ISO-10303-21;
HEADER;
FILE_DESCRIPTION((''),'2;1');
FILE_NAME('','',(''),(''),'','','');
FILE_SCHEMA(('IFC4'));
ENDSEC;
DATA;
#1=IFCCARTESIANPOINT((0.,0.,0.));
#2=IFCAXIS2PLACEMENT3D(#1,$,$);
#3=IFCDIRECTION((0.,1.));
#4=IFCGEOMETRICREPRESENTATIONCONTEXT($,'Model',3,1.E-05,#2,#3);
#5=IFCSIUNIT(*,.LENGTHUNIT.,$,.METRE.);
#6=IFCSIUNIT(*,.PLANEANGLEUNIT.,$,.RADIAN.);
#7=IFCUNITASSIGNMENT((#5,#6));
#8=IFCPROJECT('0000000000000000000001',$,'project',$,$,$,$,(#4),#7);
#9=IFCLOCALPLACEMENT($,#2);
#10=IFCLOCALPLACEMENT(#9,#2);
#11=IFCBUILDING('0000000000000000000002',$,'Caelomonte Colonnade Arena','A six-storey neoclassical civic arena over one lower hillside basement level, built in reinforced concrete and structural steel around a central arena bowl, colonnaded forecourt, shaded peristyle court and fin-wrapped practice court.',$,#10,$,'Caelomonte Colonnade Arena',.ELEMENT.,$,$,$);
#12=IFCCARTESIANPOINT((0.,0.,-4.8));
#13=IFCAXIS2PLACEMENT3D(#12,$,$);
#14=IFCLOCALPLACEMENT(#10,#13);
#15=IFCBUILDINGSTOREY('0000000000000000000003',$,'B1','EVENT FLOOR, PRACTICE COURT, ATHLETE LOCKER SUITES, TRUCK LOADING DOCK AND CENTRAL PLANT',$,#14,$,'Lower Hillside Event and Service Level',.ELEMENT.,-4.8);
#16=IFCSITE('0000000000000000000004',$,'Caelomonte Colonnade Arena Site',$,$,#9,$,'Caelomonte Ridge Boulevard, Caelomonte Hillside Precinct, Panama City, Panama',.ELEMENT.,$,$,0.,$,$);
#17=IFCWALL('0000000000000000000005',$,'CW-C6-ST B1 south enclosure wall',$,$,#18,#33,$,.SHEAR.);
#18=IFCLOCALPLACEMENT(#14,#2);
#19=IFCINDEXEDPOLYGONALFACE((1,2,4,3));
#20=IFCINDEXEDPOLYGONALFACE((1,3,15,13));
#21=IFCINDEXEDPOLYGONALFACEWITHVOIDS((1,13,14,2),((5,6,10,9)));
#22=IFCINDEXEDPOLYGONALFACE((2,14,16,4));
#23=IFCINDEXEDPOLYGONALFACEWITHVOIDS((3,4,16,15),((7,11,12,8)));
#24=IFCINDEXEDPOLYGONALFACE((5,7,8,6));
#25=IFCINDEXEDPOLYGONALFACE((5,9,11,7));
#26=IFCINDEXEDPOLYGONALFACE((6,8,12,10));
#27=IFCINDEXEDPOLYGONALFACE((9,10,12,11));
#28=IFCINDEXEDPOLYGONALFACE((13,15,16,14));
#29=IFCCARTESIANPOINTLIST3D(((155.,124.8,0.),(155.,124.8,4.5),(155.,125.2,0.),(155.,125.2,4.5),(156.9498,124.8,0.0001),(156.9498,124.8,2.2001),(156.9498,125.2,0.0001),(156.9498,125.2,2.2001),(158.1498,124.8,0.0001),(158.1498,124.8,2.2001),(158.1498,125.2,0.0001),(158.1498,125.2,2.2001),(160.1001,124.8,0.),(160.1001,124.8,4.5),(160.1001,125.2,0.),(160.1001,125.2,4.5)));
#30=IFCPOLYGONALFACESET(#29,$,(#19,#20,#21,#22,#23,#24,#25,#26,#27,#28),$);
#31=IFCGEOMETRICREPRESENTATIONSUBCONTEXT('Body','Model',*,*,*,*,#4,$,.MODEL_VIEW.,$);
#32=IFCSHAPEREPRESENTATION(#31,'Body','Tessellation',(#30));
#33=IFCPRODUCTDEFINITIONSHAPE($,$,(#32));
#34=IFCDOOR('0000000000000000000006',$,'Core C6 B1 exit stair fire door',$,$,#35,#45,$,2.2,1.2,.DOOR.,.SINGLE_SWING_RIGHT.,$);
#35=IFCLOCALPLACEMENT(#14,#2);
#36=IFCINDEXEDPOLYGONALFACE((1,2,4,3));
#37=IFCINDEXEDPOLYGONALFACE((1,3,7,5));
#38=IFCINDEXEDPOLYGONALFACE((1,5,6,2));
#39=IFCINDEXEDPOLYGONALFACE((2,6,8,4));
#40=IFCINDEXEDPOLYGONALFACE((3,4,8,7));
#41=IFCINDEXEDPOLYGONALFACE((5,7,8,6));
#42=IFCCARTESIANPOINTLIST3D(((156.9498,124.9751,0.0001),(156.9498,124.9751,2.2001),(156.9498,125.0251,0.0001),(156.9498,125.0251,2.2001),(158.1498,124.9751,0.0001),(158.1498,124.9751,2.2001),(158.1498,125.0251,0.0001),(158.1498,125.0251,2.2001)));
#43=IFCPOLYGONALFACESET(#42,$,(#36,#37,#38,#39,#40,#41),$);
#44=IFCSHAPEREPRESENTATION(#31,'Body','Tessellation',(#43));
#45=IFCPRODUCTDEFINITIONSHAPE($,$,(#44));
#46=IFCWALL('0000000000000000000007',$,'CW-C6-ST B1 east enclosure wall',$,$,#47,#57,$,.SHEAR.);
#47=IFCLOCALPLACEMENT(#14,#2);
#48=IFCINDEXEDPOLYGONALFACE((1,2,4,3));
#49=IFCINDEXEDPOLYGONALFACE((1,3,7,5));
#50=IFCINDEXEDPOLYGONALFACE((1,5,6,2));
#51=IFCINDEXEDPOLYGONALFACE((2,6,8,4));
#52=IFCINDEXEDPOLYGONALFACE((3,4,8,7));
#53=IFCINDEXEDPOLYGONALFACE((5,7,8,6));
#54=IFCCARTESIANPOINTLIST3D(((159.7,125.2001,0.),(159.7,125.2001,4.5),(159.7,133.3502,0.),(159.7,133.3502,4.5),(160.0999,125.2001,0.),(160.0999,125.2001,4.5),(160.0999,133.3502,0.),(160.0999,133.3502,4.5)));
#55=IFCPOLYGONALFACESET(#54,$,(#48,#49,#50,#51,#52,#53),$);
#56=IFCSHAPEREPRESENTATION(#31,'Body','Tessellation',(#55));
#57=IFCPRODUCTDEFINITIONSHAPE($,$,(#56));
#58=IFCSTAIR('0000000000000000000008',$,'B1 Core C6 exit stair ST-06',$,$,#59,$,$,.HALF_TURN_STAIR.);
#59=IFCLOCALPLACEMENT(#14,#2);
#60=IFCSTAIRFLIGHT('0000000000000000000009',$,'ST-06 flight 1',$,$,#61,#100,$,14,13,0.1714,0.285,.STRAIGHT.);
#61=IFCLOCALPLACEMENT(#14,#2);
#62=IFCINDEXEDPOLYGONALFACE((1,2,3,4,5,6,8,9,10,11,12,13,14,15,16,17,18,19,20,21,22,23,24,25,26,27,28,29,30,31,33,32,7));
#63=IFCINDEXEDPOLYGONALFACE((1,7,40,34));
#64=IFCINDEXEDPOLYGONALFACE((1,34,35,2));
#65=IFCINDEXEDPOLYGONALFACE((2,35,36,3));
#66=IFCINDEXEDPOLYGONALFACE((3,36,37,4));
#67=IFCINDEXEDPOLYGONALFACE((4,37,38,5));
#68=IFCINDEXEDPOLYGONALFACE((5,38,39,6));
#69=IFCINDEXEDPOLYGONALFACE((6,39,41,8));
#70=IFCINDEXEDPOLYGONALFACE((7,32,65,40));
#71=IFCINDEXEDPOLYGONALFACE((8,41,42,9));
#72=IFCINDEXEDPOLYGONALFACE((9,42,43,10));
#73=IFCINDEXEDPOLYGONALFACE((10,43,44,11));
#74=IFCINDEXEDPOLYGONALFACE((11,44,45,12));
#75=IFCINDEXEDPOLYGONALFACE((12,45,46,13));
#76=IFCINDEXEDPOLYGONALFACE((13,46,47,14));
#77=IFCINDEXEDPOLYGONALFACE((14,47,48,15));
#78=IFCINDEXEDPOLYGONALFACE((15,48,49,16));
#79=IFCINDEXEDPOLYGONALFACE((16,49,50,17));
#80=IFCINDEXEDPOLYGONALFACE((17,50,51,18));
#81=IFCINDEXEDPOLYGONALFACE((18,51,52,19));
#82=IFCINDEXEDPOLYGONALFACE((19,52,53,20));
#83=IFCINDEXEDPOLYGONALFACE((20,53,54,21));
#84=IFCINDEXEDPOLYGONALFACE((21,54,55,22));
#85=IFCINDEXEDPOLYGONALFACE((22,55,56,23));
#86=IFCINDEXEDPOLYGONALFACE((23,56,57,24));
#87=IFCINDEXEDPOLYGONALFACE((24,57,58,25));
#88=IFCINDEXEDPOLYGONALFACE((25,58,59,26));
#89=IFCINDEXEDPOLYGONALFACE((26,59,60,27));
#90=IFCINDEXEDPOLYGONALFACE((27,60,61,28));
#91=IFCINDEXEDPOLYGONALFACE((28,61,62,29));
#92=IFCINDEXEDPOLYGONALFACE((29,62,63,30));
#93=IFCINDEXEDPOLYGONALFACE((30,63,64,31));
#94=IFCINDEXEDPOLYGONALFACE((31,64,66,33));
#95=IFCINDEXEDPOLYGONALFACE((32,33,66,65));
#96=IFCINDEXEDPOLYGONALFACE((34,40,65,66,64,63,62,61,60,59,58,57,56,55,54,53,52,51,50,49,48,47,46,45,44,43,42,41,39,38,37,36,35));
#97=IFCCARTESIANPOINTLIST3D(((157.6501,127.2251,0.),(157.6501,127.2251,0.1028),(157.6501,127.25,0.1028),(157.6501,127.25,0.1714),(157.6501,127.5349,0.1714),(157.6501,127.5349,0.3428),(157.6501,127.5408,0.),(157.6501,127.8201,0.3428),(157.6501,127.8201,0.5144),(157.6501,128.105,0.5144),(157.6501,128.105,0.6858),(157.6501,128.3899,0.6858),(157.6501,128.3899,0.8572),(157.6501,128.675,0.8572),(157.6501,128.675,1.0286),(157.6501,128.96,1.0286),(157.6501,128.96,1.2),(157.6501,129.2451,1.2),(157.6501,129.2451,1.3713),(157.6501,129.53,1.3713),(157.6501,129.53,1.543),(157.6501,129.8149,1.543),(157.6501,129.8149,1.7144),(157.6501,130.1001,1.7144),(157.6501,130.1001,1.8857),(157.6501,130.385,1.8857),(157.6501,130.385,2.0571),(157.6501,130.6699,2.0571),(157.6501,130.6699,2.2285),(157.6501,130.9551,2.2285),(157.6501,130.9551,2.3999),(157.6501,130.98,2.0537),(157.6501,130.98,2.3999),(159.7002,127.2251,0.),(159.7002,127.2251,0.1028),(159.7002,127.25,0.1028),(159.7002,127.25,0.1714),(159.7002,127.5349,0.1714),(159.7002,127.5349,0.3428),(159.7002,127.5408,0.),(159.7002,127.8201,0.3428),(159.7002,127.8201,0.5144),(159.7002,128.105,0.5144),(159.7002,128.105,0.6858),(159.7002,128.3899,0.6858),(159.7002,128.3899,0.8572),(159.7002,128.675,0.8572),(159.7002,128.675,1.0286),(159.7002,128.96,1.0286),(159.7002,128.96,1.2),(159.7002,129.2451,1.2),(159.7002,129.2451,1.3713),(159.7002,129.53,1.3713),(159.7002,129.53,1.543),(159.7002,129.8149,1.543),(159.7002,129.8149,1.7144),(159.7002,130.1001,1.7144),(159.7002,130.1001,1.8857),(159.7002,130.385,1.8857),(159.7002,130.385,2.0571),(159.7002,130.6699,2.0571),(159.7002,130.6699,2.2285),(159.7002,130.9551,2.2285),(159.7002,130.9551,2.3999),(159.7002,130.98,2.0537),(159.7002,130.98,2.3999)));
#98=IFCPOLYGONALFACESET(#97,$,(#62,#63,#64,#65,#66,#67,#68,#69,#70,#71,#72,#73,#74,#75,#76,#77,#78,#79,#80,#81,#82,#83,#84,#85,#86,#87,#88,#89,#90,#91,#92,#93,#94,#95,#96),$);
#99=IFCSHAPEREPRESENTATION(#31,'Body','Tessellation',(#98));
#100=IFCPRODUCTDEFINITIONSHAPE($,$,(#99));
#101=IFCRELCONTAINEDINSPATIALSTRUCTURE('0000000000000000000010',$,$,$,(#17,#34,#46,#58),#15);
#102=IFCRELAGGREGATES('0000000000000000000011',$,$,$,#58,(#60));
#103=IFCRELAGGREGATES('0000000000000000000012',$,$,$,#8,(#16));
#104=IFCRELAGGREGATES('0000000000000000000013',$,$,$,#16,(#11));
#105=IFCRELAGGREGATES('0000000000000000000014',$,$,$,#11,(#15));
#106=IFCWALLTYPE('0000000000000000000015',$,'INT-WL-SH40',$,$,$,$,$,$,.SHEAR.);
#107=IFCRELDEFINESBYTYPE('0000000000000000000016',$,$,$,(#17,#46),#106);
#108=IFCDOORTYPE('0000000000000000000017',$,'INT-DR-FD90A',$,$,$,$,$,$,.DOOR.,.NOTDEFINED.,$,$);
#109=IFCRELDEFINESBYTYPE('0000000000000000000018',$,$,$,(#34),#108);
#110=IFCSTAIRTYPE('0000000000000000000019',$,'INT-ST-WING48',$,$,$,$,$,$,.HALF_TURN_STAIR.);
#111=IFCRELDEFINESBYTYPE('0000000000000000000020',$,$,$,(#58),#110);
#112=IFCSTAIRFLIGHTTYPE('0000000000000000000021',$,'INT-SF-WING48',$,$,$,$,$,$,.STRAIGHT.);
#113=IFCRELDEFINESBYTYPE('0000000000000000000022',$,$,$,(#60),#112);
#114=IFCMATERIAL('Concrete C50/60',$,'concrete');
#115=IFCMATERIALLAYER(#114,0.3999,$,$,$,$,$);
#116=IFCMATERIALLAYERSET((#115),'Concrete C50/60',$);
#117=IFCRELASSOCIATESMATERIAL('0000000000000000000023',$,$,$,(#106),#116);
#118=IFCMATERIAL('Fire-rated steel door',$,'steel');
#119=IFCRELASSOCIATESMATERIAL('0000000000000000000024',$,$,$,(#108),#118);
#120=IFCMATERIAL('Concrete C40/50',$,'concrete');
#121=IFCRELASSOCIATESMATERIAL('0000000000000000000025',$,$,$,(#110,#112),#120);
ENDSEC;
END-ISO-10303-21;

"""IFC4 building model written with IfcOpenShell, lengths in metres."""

from ifc_helpers import new_model, si_unit, direction, frame, frame_2d, origin, place, context, subcontext, project, spatial, polyline, rectangle, outline, extrude, material, layer, layer_set, type_object, element, fill, aggregate, save


model = new_model("IFC4")

# Units and contexts
model_context = context("Model", 3, precision=1e-05, world=origin(), true_north=direction((0.0, 1.0)))
body_context = subcontext(model_context, "Body", "Model", "MODEL_VIEW")
ifc_project = project(units=[si_unit("LENGTHUNIT", "METRE"), si_unit("PLANEANGLEUNIT", "RADIAN")], contexts=[model_context])

# Site, building, storey
site_placement = place(None, origin())
site = spatial("IfcSite", under=ifc_project, at=site_placement, Name="Caelomonte Colonnade Arena Site", LongName="Caelomonte Ridge Boulevard, Caelomonte Hillside Precinct, Panama City, Panama", CompositionType="ELEMENT", RefElevation=0.0)
building_placement = place(site_placement, origin())
building = spatial("IfcBuilding", under=site, at=building_placement, Name="Caelomonte Colonnade Arena", Description="A six-storey neoclassical civic arena over one lower hillside basement level, built in reinforced concrete and structural steel around a central arena bowl, colonnaded forecourt, shaded peristyle court and fin-wrapped practice court.", LongName="Caelomonte Colonnade Arena", CompositionType="ELEMENT")
storey_placement = place(building_placement, frame((0.0, 0.0, -4.8)))
storey = spatial("IfcBuildingStorey", under=building, at=storey_placement, Name="B1", Description="EVENT FLOOR, PRACTICE COURT, ATHLETE LOCKER SUITES, TRUCK LOADING DOCK AND CENTRAL PLANT", LongName="Lower Hillside Event and Service Level", CompositionType="ELEMENT", Elevation=-4.8)

# Shared definitions
ifc_material_1 = material(Name="Concrete C40/50", Category="concrete")

# Shared definitions
ifc_material_2 = material(Name="Concrete C50/60", Category="concrete")

# Wall, opening, door
ifc_layer = layer(ifc_material_2, 0.3999)
ifc_layer_set = layer_set([ifc_layer], Name="Concrete C50/60")
wall_type = type_object("IfcWallType", Name="INT-WL-SH40", PredefinedType="SHEAR", material=ifc_layer_set)
wall_1_placement = place(storey_placement, frame((155.0, 125.0, 0.0), z_axis=(0.0, 0.0, 1.0), x_axis=(1.0, 0.0, 0.0)))
wall_1 = element("IfcWall", 1, at=wall_1_placement, inside=storey, type_object=wall_type, Name="CW-C6-ST B1 south enclosure wall", PredefinedType="SHEAR", context=body_context, shape_type="SweptSolid", body=[
    extrude(rectangle(XDim=5.1001, YDim=0.3999, at=frame_2d((2.55, 0.0))), origin(), (0.0, 0.0, 1.0), 4.5),
])
opening_placement = place(wall_1_placement, frame((3.1499, 0.0, 0.0), z_axis=(0.0, 0.0, 1.0), x_axis=(-1.0, 0.0, 0.0)))
opening = element("IfcOpeningElement", 2, at=opening_placement, cuts=wall_1, PredefinedType="OPENING", context=body_context, shape_type="SweptSolid", body=[
    extrude(rectangle(XDim=1.2, YDim=2.2, at=frame_2d((0.6001, 1.1001))), frame((0.0, 0.21, 0.0), z_axis=(0.0, -1.0, 0.0), x_axis=(1.0, 0.0, 0.0)), (0.0, 0.0, 1.0), 0.4199),
])
ifc_material_3 = material(Name="Fire-rated steel door", Category="steel")
door_type = type_object("IfcDoorType", Name="INT-DR-FD90A", OperationType="NOTDEFINED", PredefinedType="DOOR", material=ifc_material_3)
door_placement = place(opening_placement, origin())
door = element("IfcDoor", 3, at=door_placement, inside=storey, type_object=door_type, Name="Core C6 B1 exit stair fire door", OperationType="SINGLE_SWING_RIGHT", OverallHeight=2.2, OverallWidth=1.2, PredefinedType="DOOR", context=body_context, shape_type="SweptSolid", body=[
    extrude(rectangle(XDim=1.2, YDim=2.2, at=frame_2d((0.6001, 1.1001))), frame((0.0, 0.0249, 0.0), z_axis=(0.0, -1.0, 0.0), x_axis=(1.0, 0.0, 0.0)), (0.0, 0.0, 1.0), 0.05),
])
fill(opening, door)

# Wall
wall_2_placement = place(storey_placement, frame((159.8999, 125.2, 0.0), z_axis=(0.0, 0.0, 1.0), x_axis=(0.0, 1.0, 0.0)))
element("IfcWall", 4, at=wall_2_placement, inside=storey, type_object=wall_type, Name="CW-C6-ST B1 east enclosure wall", PredefinedType="SHEAR", context=body_context, shape_type="SweptSolid", body=[
    extrude(rectangle(XDim=8.1501, YDim=0.3999, at=frame_2d((4.0752, 0.0))), origin(), (0.0, 0.0, 1.0), 4.5),
])

# Stair, stair flight
stair_type = type_object("IfcStairType", Name="INT-ST-WING48", PredefinedType="HALF_TURN_STAIR", material=ifc_material_1)
stair_placement = place(storey_placement, origin())
stair = element("IfcStair", 5, at=stair_placement, inside=storey, type_object=stair_type, Name="B1 Core C6 exit stair ST-06", PredefinedType="HALF_TURN_STAIR")
stair_flight_type = type_object("IfcStairFlightType", Name="INT-SF-WING48", PredefinedType="STRAIGHT", material=ifc_material_1)
stair_flight_placement = place(storey_placement, frame((158.675, 127.25, 0.0), z_axis=(0.0, 0.0, 1.0), x_axis=(0.0, 1.0, 0.0)))
stair_flight = element("IfcStairFlight", 6, at=stair_flight_placement, type_object=stair_flight_type, Name="ST-06 flight 1", NumberOfRisers=14, NumberOfTreads=13, PredefinedType="STRAIGHT", RiserHeight=0.1714, TreadLength=0.285, context=body_context, shape_type="SweptSolid", body=[
    extrude(outline(polyline([(-0.0249, 0.0), (-0.0249, 0.1028), (0.0, 0.1028), (0.0, 0.1714), (0.2849, 0.1714), (0.2849, 0.3428), (0.5701, 0.3428), (0.5701, 0.5144), (0.855, 0.5144), (0.855, 0.6858), (1.1399, 0.6858), (1.1399, 0.8572), (1.425, 0.8572), (1.425, 1.0286), (1.71, 1.0286), (1.71, 1.2), (1.9951, 1.2), (1.9951, 1.3713), (2.28, 1.3713), (2.28, 1.543), (2.5649, 1.543), (2.5649, 1.7144), (2.8501, 1.7144), (2.8501, 1.8857), (3.135, 1.8857), (3.135, 2.0571), (3.4199, 2.0571), (3.4199, 2.2285), (3.7051, 2.2285), (3.7051, 2.3999), (3.73, 2.3999), (3.73, 2.0537), (0.2908, 0.0), (-0.0249, 0.0)])), frame((0.0, 1.0249, 0.0), z_axis=(0.0, -1.0, 0.0), x_axis=(1.0, 0.0, 0.0)), (0.0, 0.0, 1.0), 2.05),
])
aggregate(stair, [stair_flight])

save(model, "model.ifc")
